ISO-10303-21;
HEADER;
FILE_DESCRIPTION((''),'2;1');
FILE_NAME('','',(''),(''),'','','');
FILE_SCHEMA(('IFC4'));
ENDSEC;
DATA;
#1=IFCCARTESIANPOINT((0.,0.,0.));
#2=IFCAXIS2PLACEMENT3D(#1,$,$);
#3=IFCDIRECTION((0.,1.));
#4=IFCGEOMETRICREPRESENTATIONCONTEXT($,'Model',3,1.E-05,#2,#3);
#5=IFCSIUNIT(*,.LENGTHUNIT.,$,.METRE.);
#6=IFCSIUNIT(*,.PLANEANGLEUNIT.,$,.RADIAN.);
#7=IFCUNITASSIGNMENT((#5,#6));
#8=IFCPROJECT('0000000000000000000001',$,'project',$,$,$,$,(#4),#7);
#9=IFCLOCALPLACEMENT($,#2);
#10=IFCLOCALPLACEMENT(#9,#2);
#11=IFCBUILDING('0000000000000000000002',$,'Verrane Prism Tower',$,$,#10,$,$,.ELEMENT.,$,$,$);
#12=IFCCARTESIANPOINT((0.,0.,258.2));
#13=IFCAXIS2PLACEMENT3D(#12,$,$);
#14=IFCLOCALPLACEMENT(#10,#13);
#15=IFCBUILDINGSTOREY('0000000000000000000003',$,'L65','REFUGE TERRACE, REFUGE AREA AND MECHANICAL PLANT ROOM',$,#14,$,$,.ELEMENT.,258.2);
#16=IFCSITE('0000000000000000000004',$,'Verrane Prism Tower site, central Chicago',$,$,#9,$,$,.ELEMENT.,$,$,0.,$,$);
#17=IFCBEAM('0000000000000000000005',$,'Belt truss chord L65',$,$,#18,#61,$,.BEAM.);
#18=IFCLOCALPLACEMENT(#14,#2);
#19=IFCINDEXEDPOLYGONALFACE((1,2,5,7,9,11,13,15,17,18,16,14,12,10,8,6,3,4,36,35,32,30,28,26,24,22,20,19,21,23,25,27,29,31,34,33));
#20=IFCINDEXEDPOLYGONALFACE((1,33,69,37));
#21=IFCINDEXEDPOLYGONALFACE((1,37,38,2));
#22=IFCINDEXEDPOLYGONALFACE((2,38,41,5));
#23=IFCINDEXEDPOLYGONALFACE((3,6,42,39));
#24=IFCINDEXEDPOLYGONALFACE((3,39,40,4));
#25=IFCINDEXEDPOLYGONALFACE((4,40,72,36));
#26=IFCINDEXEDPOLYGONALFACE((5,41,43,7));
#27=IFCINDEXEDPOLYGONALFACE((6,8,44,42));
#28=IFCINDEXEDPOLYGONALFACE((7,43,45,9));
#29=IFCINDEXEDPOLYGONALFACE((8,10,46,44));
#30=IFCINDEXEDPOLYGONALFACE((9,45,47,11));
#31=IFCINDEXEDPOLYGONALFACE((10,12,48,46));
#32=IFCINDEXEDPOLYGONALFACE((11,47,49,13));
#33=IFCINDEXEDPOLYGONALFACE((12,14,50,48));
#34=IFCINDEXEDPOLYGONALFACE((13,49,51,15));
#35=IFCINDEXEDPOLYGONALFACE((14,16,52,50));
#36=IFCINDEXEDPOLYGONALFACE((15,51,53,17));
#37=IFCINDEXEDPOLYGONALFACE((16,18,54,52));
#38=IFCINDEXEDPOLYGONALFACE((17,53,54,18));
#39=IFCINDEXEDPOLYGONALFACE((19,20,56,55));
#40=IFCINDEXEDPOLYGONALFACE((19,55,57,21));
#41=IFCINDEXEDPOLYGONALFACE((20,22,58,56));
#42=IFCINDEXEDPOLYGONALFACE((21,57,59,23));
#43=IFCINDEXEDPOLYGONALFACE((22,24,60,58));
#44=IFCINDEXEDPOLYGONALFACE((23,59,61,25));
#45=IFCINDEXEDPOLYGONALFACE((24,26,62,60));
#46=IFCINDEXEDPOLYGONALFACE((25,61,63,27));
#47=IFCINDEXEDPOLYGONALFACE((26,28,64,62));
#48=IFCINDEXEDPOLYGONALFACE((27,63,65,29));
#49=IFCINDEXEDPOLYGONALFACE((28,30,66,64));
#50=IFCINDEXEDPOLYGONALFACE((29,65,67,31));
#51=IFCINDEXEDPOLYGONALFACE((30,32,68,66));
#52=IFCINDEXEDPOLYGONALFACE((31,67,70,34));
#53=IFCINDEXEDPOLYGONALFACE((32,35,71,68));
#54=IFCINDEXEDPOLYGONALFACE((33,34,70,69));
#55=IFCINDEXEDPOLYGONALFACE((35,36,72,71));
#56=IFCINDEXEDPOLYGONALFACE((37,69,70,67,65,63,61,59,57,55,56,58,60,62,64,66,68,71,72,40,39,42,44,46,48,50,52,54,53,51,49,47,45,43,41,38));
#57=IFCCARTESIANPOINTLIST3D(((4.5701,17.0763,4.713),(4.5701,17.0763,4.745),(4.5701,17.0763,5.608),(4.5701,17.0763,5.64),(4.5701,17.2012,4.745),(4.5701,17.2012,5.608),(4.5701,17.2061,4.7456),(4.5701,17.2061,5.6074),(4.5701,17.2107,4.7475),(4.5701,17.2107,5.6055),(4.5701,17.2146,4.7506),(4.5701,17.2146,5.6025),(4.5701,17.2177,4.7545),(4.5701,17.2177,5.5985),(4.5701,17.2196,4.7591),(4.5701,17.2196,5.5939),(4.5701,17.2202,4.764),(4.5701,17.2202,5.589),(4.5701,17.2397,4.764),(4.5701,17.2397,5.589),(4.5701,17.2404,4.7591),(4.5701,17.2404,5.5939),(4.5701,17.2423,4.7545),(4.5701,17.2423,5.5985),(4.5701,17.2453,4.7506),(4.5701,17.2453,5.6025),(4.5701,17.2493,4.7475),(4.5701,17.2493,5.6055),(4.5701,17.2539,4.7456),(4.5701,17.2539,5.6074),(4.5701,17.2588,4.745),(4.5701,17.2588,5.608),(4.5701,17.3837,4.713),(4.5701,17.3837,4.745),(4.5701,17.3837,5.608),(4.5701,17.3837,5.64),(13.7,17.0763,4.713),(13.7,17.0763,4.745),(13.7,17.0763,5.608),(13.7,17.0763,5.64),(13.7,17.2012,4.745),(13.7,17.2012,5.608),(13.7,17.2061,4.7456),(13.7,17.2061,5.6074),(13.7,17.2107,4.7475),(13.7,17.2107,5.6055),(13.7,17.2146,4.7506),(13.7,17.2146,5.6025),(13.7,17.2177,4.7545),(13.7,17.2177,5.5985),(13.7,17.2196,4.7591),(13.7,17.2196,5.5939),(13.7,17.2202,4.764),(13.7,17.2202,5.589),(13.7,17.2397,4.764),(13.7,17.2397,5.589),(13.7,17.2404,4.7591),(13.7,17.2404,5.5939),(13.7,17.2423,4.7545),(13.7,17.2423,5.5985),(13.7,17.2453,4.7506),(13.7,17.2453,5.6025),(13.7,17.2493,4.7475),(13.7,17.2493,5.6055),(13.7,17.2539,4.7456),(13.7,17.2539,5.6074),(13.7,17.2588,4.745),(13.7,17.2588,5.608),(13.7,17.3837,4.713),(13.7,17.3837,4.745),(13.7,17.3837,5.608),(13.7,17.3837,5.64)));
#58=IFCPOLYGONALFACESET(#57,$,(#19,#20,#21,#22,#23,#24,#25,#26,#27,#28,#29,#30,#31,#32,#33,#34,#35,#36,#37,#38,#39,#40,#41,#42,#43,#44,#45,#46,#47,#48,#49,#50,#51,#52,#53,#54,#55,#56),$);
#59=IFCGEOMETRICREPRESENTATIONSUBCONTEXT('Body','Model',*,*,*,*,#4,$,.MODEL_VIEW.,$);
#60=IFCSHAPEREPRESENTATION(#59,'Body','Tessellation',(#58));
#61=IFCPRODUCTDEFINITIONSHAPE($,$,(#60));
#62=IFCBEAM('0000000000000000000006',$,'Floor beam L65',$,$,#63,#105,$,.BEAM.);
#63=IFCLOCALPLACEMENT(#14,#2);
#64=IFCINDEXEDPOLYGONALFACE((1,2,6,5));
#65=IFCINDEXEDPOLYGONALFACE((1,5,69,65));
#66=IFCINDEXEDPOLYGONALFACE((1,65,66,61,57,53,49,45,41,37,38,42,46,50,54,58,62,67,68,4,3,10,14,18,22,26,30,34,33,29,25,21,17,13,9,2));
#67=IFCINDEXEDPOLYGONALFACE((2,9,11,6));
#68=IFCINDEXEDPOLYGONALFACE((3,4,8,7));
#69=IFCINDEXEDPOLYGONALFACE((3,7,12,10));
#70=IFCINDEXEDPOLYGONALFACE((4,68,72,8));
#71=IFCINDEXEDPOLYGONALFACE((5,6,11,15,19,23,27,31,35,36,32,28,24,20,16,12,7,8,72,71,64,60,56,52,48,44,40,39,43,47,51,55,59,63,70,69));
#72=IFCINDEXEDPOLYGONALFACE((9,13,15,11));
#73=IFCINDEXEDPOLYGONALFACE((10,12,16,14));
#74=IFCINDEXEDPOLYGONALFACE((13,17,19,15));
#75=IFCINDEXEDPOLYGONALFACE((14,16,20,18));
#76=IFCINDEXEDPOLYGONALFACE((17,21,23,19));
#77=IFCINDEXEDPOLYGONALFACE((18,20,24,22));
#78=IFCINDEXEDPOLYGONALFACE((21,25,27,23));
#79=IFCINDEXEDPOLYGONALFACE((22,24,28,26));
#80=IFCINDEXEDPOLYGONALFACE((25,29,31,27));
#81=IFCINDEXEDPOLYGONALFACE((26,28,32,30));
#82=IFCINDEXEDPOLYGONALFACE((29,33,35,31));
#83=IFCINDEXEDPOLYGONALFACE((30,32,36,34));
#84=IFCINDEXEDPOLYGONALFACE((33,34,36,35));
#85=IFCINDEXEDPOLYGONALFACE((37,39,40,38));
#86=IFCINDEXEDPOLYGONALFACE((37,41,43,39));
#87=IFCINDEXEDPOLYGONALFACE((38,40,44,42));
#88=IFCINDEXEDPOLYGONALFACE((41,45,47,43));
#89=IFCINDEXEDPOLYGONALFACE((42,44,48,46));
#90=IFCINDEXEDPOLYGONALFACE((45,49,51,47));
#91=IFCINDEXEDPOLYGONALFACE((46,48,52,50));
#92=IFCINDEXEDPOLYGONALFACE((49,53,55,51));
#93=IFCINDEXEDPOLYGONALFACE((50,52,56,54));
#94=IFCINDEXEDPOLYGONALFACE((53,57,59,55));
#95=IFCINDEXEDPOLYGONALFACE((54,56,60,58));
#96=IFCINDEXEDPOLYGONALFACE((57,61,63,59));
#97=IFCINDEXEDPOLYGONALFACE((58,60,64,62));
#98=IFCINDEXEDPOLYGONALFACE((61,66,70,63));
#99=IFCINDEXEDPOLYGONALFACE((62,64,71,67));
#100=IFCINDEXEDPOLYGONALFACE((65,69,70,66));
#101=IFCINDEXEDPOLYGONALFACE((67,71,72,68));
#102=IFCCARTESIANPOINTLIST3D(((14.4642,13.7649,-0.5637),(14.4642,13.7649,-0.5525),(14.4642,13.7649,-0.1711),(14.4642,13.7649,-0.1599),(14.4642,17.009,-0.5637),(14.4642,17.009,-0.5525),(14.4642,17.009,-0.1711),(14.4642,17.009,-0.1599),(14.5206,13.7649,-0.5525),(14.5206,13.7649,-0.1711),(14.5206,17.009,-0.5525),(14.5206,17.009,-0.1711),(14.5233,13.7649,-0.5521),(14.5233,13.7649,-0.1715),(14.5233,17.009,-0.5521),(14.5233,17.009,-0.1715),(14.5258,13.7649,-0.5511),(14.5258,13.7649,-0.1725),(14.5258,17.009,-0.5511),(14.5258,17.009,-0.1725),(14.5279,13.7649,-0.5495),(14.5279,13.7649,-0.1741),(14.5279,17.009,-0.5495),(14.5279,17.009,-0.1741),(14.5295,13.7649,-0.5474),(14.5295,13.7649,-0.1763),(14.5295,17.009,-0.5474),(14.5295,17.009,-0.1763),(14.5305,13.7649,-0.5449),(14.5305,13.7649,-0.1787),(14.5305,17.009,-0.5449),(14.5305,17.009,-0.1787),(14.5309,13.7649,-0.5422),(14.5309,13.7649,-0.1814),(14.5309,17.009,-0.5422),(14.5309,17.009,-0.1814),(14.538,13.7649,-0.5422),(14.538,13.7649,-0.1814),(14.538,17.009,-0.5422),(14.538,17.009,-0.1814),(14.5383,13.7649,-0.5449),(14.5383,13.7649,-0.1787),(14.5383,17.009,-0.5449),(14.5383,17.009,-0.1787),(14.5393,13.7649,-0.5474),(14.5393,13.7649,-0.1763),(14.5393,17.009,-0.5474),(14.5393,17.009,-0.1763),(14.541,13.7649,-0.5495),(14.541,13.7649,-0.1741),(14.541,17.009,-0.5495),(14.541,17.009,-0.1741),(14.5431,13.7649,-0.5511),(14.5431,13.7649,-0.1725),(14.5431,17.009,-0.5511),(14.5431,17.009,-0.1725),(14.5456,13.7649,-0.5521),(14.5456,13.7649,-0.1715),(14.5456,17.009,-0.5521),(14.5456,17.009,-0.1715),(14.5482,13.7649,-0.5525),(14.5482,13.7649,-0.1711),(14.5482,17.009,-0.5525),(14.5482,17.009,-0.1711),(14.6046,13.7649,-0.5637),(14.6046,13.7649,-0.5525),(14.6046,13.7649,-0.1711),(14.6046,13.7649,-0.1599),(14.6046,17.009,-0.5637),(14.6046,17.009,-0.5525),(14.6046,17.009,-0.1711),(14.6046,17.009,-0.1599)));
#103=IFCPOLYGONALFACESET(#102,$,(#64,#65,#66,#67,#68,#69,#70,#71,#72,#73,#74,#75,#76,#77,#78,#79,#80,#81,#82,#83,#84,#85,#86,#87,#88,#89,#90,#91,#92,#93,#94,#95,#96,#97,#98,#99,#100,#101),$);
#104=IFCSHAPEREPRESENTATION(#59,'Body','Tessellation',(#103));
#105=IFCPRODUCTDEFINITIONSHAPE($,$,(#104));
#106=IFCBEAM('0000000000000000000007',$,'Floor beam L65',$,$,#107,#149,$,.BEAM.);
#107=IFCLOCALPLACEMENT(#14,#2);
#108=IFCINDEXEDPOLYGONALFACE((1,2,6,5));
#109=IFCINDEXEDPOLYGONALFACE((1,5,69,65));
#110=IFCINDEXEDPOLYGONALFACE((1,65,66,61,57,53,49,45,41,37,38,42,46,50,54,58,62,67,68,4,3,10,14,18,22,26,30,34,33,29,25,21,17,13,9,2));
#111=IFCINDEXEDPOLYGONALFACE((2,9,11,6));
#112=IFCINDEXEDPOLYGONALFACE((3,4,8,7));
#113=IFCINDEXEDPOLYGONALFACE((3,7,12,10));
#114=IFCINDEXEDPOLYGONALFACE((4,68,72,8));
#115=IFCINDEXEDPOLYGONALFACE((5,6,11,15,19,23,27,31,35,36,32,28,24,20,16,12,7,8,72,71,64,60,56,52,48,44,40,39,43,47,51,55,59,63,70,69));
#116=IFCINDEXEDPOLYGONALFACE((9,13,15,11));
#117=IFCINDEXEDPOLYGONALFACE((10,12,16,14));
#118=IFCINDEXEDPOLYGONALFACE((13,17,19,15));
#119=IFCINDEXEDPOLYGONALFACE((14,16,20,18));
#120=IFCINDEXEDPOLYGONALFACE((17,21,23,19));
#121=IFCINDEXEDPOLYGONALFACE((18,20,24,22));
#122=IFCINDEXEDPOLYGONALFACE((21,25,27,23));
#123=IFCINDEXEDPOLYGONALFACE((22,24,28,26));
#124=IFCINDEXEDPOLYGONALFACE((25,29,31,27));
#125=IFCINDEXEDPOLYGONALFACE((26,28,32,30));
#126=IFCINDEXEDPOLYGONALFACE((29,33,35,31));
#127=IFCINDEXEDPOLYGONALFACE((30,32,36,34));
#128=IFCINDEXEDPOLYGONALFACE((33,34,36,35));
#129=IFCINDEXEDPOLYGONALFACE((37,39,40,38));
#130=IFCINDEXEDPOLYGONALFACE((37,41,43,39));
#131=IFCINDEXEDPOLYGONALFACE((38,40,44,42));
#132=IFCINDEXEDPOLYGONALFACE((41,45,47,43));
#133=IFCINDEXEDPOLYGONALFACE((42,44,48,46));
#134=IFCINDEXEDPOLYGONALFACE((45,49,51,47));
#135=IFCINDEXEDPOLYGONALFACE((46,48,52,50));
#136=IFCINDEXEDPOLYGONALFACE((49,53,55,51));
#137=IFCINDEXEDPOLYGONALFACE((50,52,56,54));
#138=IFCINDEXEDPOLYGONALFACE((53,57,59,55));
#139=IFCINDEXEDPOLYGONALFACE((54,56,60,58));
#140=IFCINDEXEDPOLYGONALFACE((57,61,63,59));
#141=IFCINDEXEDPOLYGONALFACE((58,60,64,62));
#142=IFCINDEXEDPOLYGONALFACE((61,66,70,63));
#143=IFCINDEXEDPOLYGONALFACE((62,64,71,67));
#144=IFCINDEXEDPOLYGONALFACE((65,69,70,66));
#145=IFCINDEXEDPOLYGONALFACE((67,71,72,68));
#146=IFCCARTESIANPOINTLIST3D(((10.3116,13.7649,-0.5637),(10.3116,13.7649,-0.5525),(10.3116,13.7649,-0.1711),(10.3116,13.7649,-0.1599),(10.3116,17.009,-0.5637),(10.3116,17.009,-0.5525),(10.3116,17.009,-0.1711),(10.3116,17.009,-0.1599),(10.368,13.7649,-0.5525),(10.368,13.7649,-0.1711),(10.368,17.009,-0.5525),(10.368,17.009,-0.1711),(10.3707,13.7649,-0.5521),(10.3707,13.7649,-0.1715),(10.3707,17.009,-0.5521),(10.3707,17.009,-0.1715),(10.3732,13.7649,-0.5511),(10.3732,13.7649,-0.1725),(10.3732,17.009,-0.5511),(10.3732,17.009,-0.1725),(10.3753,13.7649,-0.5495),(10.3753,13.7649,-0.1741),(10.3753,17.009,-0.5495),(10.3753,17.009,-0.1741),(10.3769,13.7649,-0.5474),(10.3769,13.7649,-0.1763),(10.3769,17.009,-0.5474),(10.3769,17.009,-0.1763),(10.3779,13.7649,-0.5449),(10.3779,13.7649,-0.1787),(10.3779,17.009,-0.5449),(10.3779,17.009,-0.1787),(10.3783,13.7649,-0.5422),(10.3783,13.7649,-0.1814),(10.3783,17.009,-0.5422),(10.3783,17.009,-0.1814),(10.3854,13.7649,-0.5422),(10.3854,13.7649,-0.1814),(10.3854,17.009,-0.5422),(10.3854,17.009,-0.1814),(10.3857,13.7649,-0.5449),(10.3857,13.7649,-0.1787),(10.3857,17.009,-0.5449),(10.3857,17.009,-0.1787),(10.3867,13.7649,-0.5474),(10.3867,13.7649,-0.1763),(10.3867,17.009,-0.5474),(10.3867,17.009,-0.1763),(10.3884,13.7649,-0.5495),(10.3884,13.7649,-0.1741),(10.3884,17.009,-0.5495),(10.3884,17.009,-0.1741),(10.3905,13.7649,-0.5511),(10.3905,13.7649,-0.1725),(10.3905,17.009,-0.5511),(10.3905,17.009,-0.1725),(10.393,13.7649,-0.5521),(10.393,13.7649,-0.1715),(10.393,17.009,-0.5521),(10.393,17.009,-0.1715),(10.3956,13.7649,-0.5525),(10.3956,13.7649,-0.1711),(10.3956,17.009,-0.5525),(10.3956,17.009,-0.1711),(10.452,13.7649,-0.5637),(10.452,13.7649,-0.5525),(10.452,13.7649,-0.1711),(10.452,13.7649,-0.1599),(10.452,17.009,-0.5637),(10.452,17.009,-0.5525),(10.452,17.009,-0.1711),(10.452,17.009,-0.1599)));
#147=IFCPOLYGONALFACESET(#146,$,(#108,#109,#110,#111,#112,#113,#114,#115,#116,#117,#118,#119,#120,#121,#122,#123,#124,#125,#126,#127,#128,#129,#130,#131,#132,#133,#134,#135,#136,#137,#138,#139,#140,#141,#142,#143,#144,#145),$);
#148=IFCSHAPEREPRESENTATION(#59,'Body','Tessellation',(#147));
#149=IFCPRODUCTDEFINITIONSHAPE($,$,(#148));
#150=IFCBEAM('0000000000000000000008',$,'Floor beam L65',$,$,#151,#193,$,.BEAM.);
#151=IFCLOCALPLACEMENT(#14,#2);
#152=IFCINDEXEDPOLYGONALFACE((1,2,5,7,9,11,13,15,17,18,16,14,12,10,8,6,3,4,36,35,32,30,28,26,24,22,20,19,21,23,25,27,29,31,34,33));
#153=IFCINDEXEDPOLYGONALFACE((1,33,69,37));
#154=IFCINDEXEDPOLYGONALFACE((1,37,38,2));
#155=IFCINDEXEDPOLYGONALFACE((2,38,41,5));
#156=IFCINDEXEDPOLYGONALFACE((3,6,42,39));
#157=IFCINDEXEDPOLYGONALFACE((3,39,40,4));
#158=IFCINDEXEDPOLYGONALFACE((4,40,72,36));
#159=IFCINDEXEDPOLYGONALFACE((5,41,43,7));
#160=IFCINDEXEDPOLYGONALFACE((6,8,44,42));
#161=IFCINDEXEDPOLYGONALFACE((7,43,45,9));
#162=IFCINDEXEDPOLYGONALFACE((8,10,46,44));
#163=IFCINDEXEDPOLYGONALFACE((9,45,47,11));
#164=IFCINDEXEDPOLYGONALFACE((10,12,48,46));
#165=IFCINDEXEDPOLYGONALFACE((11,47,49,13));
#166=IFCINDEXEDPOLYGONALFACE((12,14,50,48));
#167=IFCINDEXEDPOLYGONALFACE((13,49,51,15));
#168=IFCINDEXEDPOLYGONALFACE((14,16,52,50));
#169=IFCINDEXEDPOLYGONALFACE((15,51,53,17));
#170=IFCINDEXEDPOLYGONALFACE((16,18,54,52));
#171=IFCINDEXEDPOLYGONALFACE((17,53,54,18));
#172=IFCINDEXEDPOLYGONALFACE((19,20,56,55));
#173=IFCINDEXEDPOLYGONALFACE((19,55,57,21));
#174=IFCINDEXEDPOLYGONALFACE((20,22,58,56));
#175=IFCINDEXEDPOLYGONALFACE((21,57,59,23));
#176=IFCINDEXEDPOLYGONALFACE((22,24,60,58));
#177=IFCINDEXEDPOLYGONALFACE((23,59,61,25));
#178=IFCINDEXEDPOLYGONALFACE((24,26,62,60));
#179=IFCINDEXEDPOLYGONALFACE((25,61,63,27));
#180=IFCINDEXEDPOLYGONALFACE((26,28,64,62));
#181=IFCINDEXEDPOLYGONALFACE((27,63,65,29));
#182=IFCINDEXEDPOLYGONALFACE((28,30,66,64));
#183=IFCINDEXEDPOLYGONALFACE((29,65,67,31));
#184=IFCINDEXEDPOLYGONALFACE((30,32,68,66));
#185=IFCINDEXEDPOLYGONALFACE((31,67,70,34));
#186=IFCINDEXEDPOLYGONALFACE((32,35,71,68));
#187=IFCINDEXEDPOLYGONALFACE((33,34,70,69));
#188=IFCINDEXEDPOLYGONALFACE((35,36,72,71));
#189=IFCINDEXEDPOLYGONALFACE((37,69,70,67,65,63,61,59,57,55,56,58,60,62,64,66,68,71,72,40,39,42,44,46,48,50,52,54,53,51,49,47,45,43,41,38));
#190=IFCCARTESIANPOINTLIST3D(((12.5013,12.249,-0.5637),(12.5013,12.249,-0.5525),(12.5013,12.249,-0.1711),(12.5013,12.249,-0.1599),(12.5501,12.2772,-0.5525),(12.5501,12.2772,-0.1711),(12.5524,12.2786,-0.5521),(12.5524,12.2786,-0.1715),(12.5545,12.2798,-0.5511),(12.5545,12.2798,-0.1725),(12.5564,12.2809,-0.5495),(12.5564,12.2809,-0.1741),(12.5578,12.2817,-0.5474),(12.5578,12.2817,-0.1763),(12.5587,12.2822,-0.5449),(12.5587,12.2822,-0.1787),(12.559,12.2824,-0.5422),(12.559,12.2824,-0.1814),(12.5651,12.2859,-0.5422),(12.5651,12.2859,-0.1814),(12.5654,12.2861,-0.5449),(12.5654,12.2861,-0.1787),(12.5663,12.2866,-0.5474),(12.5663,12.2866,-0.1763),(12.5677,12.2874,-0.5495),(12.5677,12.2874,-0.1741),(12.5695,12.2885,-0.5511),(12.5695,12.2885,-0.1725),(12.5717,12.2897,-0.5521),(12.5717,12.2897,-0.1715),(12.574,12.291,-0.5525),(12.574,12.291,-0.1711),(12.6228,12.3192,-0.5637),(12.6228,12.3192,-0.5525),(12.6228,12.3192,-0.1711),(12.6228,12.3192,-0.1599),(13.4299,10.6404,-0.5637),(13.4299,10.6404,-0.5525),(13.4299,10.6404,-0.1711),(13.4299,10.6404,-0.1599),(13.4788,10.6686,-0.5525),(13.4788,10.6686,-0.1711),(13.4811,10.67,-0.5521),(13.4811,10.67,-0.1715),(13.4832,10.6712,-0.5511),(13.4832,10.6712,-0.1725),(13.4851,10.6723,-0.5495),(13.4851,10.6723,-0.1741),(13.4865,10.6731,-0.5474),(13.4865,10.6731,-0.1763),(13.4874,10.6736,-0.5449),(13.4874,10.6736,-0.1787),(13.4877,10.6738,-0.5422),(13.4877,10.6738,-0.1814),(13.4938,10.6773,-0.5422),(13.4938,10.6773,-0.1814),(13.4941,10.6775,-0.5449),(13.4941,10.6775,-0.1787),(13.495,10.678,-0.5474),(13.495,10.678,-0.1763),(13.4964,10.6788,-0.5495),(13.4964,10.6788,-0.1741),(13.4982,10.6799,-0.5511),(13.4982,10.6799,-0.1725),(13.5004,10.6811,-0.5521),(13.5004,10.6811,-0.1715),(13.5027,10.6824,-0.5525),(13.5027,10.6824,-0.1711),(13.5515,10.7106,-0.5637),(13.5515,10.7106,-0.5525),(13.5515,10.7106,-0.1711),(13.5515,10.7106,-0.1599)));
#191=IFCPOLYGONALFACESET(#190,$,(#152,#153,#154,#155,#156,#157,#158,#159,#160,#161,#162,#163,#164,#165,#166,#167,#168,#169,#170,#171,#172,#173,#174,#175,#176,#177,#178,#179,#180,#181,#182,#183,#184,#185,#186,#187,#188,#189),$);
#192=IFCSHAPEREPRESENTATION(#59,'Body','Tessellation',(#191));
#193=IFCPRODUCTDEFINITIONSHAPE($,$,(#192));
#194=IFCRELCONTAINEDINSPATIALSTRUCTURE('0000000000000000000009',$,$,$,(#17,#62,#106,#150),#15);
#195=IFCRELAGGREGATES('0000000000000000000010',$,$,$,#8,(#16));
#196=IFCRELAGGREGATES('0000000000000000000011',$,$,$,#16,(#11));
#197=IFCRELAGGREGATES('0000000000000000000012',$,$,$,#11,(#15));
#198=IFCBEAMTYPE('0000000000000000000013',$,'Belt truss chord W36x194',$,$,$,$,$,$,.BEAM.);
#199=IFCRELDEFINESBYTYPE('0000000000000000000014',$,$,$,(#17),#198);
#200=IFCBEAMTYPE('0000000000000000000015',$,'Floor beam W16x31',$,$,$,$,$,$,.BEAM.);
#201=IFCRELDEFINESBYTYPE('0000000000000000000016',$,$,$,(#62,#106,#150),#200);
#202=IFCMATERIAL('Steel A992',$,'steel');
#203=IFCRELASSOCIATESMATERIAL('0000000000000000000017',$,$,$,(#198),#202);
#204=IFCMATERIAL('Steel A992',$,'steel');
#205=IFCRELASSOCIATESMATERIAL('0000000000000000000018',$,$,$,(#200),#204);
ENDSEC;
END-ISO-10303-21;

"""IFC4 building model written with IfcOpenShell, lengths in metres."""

from ifc_helpers import new_model, si_unit, direction, frame, origin, origin_2d, place, context, subcontext, project, spatial, i_section, extrude, material, material_profile, profile_set, type_object, element, save


model = new_model("IFC4")

# Units and contexts
model_context = context("Model", 3, precision=1e-05, world=origin(), true_north=direction((0.0, 1.0)))
body_context = subcontext(model_context, "Body", "Model", "MODEL_VIEW")
ifc_project = project(units=[si_unit("LENGTHUNIT", "METRE"), si_unit("PLANEANGLEUNIT", "RADIAN")], contexts=[model_context])

# Site, building, storey
site_placement = place(None, origin())
site = spatial("IfcSite", under=ifc_project, at=site_placement, Name="Verrane Prism Tower site, central Chicago", CompositionType="ELEMENT", RefElevation=0.0)
building_placement = place(site_placement, origin())
building = spatial("IfcBuilding", under=site, at=building_placement, Name="Verrane Prism Tower", CompositionType="ELEMENT")
storey_placement = place(building_placement, frame((0.0, 0.0, 258.2)))
storey = spatial("IfcBuildingStorey", under=building, at=storey_placement, Name="L65", Description="REFUGE TERRACE, REFUGE AREA AND MECHANICAL PLANT ROOM", CompositionType="ELEMENT", Elevation=258.2)

# Beams
ifc_material_1 = material(Name="Steel A992", Category="steel")
ifc_material_profile_1 = material_profile(ifc_material_1, i_section(OverallWidth=0.3074, OverallDepth=0.927, WebThickness=0.0195, FlangeThickness=0.032, FilletRadius=0.019, at=origin_2d()), Name="W36x194")
ifc_profile_set_1 = profile_set([ifc_material_profile_1], Name="Steel A992")
beam_type_1 = type_object("IfcBeamType", Name="Belt truss chord W36x194", PredefinedType="BEAM", material=ifc_profile_set_1)
beam_1_placement = place(storey_placement, frame((13.7, 17.23, 5.1765), z_axis=(-1.0, 0.0, 0.0), x_axis=(0.0, -1.0, 0.0)))
element("IfcBeam", 1, at=beam_1_placement, inside=storey, type_object=beam_type_1, Name="Belt truss chord L65", PredefinedType="BEAM", context=body_context, shape_type="SweptSolid", body=[
    extrude(i_section(OverallWidth=0.3074, OverallDepth=0.927, WebThickness=0.0195, FlangeThickness=0.032, FilletRadius=0.019, at=origin_2d()), origin(), (0.0, 0.0, 1.0), 9.1299),
])
ifc_material_2 = material(Name="Steel A992", Category="steel")
ifc_material_profile_2 = material_profile(ifc_material_2, i_section(OverallWidth=0.1404, OverallDepth=0.4038, WebThickness=0.0071, FlangeThickness=0.0112, FilletRadius=0.0103, at=origin_2d()), Name="W16x31")
ifc_profile_set_2 = profile_set([ifc_material_profile_2], Name="Steel A992")
beam_type_2 = type_object("IfcBeamType", Name="Floor beam W16x31", PredefinedType="BEAM", material=ifc_profile_set_2)
for number, where, z_axis, x_axis, name in (
    (2, (14.5344, 13.7649, -0.3618), (0.0, 1.0, 0.0), (-1.0, 0.0, 0.0), "Floor beam L65"),
    (3, (10.3818, 13.7649, -0.3618), (0.0, 1.0, 0.0), (-1.0, 0.0, 0.0), "Floor beam L65"),
):
    element("IfcBeam", number, at=place(storey_placement, frame(where, z_axis=z_axis, x_axis=x_axis)), inside=storey, type_object=beam_type_2, Name=name, PredefinedType="BEAM", context=body_context, shape_type="SweptSolid", body=[
        extrude(i_section(OverallWidth=0.1404, OverallDepth=0.4038, WebThickness=0.0071, FlangeThickness=0.0112, FilletRadius=0.0103, at=origin_2d()), origin(), (0.0, 0.0, 1.0), 3.2441),
    ])
beam_2_placement = place(storey_placement, frame((13.4907, 10.6755, -0.3618), z_axis=(-0.499984, 0.866035, 0.0), x_axis=(-0.866035, -0.499984, 0.0)))
element("IfcBeam", 4, at=beam_2_placement, inside=storey, type_object=beam_type_2, Name="Floor beam L65", PredefinedType="BEAM", context=body_context, shape_type="SweptSolid", body=[
    extrude(i_section(OverallWidth=0.1404, OverallDepth=0.4038, WebThickness=0.0071, FlangeThickness=0.0112, FilletRadius=0.0103, at=origin_2d()), origin(), (0.0, 0.0, 1.0), 1.8574),
])

save(model, "model.ifc")
